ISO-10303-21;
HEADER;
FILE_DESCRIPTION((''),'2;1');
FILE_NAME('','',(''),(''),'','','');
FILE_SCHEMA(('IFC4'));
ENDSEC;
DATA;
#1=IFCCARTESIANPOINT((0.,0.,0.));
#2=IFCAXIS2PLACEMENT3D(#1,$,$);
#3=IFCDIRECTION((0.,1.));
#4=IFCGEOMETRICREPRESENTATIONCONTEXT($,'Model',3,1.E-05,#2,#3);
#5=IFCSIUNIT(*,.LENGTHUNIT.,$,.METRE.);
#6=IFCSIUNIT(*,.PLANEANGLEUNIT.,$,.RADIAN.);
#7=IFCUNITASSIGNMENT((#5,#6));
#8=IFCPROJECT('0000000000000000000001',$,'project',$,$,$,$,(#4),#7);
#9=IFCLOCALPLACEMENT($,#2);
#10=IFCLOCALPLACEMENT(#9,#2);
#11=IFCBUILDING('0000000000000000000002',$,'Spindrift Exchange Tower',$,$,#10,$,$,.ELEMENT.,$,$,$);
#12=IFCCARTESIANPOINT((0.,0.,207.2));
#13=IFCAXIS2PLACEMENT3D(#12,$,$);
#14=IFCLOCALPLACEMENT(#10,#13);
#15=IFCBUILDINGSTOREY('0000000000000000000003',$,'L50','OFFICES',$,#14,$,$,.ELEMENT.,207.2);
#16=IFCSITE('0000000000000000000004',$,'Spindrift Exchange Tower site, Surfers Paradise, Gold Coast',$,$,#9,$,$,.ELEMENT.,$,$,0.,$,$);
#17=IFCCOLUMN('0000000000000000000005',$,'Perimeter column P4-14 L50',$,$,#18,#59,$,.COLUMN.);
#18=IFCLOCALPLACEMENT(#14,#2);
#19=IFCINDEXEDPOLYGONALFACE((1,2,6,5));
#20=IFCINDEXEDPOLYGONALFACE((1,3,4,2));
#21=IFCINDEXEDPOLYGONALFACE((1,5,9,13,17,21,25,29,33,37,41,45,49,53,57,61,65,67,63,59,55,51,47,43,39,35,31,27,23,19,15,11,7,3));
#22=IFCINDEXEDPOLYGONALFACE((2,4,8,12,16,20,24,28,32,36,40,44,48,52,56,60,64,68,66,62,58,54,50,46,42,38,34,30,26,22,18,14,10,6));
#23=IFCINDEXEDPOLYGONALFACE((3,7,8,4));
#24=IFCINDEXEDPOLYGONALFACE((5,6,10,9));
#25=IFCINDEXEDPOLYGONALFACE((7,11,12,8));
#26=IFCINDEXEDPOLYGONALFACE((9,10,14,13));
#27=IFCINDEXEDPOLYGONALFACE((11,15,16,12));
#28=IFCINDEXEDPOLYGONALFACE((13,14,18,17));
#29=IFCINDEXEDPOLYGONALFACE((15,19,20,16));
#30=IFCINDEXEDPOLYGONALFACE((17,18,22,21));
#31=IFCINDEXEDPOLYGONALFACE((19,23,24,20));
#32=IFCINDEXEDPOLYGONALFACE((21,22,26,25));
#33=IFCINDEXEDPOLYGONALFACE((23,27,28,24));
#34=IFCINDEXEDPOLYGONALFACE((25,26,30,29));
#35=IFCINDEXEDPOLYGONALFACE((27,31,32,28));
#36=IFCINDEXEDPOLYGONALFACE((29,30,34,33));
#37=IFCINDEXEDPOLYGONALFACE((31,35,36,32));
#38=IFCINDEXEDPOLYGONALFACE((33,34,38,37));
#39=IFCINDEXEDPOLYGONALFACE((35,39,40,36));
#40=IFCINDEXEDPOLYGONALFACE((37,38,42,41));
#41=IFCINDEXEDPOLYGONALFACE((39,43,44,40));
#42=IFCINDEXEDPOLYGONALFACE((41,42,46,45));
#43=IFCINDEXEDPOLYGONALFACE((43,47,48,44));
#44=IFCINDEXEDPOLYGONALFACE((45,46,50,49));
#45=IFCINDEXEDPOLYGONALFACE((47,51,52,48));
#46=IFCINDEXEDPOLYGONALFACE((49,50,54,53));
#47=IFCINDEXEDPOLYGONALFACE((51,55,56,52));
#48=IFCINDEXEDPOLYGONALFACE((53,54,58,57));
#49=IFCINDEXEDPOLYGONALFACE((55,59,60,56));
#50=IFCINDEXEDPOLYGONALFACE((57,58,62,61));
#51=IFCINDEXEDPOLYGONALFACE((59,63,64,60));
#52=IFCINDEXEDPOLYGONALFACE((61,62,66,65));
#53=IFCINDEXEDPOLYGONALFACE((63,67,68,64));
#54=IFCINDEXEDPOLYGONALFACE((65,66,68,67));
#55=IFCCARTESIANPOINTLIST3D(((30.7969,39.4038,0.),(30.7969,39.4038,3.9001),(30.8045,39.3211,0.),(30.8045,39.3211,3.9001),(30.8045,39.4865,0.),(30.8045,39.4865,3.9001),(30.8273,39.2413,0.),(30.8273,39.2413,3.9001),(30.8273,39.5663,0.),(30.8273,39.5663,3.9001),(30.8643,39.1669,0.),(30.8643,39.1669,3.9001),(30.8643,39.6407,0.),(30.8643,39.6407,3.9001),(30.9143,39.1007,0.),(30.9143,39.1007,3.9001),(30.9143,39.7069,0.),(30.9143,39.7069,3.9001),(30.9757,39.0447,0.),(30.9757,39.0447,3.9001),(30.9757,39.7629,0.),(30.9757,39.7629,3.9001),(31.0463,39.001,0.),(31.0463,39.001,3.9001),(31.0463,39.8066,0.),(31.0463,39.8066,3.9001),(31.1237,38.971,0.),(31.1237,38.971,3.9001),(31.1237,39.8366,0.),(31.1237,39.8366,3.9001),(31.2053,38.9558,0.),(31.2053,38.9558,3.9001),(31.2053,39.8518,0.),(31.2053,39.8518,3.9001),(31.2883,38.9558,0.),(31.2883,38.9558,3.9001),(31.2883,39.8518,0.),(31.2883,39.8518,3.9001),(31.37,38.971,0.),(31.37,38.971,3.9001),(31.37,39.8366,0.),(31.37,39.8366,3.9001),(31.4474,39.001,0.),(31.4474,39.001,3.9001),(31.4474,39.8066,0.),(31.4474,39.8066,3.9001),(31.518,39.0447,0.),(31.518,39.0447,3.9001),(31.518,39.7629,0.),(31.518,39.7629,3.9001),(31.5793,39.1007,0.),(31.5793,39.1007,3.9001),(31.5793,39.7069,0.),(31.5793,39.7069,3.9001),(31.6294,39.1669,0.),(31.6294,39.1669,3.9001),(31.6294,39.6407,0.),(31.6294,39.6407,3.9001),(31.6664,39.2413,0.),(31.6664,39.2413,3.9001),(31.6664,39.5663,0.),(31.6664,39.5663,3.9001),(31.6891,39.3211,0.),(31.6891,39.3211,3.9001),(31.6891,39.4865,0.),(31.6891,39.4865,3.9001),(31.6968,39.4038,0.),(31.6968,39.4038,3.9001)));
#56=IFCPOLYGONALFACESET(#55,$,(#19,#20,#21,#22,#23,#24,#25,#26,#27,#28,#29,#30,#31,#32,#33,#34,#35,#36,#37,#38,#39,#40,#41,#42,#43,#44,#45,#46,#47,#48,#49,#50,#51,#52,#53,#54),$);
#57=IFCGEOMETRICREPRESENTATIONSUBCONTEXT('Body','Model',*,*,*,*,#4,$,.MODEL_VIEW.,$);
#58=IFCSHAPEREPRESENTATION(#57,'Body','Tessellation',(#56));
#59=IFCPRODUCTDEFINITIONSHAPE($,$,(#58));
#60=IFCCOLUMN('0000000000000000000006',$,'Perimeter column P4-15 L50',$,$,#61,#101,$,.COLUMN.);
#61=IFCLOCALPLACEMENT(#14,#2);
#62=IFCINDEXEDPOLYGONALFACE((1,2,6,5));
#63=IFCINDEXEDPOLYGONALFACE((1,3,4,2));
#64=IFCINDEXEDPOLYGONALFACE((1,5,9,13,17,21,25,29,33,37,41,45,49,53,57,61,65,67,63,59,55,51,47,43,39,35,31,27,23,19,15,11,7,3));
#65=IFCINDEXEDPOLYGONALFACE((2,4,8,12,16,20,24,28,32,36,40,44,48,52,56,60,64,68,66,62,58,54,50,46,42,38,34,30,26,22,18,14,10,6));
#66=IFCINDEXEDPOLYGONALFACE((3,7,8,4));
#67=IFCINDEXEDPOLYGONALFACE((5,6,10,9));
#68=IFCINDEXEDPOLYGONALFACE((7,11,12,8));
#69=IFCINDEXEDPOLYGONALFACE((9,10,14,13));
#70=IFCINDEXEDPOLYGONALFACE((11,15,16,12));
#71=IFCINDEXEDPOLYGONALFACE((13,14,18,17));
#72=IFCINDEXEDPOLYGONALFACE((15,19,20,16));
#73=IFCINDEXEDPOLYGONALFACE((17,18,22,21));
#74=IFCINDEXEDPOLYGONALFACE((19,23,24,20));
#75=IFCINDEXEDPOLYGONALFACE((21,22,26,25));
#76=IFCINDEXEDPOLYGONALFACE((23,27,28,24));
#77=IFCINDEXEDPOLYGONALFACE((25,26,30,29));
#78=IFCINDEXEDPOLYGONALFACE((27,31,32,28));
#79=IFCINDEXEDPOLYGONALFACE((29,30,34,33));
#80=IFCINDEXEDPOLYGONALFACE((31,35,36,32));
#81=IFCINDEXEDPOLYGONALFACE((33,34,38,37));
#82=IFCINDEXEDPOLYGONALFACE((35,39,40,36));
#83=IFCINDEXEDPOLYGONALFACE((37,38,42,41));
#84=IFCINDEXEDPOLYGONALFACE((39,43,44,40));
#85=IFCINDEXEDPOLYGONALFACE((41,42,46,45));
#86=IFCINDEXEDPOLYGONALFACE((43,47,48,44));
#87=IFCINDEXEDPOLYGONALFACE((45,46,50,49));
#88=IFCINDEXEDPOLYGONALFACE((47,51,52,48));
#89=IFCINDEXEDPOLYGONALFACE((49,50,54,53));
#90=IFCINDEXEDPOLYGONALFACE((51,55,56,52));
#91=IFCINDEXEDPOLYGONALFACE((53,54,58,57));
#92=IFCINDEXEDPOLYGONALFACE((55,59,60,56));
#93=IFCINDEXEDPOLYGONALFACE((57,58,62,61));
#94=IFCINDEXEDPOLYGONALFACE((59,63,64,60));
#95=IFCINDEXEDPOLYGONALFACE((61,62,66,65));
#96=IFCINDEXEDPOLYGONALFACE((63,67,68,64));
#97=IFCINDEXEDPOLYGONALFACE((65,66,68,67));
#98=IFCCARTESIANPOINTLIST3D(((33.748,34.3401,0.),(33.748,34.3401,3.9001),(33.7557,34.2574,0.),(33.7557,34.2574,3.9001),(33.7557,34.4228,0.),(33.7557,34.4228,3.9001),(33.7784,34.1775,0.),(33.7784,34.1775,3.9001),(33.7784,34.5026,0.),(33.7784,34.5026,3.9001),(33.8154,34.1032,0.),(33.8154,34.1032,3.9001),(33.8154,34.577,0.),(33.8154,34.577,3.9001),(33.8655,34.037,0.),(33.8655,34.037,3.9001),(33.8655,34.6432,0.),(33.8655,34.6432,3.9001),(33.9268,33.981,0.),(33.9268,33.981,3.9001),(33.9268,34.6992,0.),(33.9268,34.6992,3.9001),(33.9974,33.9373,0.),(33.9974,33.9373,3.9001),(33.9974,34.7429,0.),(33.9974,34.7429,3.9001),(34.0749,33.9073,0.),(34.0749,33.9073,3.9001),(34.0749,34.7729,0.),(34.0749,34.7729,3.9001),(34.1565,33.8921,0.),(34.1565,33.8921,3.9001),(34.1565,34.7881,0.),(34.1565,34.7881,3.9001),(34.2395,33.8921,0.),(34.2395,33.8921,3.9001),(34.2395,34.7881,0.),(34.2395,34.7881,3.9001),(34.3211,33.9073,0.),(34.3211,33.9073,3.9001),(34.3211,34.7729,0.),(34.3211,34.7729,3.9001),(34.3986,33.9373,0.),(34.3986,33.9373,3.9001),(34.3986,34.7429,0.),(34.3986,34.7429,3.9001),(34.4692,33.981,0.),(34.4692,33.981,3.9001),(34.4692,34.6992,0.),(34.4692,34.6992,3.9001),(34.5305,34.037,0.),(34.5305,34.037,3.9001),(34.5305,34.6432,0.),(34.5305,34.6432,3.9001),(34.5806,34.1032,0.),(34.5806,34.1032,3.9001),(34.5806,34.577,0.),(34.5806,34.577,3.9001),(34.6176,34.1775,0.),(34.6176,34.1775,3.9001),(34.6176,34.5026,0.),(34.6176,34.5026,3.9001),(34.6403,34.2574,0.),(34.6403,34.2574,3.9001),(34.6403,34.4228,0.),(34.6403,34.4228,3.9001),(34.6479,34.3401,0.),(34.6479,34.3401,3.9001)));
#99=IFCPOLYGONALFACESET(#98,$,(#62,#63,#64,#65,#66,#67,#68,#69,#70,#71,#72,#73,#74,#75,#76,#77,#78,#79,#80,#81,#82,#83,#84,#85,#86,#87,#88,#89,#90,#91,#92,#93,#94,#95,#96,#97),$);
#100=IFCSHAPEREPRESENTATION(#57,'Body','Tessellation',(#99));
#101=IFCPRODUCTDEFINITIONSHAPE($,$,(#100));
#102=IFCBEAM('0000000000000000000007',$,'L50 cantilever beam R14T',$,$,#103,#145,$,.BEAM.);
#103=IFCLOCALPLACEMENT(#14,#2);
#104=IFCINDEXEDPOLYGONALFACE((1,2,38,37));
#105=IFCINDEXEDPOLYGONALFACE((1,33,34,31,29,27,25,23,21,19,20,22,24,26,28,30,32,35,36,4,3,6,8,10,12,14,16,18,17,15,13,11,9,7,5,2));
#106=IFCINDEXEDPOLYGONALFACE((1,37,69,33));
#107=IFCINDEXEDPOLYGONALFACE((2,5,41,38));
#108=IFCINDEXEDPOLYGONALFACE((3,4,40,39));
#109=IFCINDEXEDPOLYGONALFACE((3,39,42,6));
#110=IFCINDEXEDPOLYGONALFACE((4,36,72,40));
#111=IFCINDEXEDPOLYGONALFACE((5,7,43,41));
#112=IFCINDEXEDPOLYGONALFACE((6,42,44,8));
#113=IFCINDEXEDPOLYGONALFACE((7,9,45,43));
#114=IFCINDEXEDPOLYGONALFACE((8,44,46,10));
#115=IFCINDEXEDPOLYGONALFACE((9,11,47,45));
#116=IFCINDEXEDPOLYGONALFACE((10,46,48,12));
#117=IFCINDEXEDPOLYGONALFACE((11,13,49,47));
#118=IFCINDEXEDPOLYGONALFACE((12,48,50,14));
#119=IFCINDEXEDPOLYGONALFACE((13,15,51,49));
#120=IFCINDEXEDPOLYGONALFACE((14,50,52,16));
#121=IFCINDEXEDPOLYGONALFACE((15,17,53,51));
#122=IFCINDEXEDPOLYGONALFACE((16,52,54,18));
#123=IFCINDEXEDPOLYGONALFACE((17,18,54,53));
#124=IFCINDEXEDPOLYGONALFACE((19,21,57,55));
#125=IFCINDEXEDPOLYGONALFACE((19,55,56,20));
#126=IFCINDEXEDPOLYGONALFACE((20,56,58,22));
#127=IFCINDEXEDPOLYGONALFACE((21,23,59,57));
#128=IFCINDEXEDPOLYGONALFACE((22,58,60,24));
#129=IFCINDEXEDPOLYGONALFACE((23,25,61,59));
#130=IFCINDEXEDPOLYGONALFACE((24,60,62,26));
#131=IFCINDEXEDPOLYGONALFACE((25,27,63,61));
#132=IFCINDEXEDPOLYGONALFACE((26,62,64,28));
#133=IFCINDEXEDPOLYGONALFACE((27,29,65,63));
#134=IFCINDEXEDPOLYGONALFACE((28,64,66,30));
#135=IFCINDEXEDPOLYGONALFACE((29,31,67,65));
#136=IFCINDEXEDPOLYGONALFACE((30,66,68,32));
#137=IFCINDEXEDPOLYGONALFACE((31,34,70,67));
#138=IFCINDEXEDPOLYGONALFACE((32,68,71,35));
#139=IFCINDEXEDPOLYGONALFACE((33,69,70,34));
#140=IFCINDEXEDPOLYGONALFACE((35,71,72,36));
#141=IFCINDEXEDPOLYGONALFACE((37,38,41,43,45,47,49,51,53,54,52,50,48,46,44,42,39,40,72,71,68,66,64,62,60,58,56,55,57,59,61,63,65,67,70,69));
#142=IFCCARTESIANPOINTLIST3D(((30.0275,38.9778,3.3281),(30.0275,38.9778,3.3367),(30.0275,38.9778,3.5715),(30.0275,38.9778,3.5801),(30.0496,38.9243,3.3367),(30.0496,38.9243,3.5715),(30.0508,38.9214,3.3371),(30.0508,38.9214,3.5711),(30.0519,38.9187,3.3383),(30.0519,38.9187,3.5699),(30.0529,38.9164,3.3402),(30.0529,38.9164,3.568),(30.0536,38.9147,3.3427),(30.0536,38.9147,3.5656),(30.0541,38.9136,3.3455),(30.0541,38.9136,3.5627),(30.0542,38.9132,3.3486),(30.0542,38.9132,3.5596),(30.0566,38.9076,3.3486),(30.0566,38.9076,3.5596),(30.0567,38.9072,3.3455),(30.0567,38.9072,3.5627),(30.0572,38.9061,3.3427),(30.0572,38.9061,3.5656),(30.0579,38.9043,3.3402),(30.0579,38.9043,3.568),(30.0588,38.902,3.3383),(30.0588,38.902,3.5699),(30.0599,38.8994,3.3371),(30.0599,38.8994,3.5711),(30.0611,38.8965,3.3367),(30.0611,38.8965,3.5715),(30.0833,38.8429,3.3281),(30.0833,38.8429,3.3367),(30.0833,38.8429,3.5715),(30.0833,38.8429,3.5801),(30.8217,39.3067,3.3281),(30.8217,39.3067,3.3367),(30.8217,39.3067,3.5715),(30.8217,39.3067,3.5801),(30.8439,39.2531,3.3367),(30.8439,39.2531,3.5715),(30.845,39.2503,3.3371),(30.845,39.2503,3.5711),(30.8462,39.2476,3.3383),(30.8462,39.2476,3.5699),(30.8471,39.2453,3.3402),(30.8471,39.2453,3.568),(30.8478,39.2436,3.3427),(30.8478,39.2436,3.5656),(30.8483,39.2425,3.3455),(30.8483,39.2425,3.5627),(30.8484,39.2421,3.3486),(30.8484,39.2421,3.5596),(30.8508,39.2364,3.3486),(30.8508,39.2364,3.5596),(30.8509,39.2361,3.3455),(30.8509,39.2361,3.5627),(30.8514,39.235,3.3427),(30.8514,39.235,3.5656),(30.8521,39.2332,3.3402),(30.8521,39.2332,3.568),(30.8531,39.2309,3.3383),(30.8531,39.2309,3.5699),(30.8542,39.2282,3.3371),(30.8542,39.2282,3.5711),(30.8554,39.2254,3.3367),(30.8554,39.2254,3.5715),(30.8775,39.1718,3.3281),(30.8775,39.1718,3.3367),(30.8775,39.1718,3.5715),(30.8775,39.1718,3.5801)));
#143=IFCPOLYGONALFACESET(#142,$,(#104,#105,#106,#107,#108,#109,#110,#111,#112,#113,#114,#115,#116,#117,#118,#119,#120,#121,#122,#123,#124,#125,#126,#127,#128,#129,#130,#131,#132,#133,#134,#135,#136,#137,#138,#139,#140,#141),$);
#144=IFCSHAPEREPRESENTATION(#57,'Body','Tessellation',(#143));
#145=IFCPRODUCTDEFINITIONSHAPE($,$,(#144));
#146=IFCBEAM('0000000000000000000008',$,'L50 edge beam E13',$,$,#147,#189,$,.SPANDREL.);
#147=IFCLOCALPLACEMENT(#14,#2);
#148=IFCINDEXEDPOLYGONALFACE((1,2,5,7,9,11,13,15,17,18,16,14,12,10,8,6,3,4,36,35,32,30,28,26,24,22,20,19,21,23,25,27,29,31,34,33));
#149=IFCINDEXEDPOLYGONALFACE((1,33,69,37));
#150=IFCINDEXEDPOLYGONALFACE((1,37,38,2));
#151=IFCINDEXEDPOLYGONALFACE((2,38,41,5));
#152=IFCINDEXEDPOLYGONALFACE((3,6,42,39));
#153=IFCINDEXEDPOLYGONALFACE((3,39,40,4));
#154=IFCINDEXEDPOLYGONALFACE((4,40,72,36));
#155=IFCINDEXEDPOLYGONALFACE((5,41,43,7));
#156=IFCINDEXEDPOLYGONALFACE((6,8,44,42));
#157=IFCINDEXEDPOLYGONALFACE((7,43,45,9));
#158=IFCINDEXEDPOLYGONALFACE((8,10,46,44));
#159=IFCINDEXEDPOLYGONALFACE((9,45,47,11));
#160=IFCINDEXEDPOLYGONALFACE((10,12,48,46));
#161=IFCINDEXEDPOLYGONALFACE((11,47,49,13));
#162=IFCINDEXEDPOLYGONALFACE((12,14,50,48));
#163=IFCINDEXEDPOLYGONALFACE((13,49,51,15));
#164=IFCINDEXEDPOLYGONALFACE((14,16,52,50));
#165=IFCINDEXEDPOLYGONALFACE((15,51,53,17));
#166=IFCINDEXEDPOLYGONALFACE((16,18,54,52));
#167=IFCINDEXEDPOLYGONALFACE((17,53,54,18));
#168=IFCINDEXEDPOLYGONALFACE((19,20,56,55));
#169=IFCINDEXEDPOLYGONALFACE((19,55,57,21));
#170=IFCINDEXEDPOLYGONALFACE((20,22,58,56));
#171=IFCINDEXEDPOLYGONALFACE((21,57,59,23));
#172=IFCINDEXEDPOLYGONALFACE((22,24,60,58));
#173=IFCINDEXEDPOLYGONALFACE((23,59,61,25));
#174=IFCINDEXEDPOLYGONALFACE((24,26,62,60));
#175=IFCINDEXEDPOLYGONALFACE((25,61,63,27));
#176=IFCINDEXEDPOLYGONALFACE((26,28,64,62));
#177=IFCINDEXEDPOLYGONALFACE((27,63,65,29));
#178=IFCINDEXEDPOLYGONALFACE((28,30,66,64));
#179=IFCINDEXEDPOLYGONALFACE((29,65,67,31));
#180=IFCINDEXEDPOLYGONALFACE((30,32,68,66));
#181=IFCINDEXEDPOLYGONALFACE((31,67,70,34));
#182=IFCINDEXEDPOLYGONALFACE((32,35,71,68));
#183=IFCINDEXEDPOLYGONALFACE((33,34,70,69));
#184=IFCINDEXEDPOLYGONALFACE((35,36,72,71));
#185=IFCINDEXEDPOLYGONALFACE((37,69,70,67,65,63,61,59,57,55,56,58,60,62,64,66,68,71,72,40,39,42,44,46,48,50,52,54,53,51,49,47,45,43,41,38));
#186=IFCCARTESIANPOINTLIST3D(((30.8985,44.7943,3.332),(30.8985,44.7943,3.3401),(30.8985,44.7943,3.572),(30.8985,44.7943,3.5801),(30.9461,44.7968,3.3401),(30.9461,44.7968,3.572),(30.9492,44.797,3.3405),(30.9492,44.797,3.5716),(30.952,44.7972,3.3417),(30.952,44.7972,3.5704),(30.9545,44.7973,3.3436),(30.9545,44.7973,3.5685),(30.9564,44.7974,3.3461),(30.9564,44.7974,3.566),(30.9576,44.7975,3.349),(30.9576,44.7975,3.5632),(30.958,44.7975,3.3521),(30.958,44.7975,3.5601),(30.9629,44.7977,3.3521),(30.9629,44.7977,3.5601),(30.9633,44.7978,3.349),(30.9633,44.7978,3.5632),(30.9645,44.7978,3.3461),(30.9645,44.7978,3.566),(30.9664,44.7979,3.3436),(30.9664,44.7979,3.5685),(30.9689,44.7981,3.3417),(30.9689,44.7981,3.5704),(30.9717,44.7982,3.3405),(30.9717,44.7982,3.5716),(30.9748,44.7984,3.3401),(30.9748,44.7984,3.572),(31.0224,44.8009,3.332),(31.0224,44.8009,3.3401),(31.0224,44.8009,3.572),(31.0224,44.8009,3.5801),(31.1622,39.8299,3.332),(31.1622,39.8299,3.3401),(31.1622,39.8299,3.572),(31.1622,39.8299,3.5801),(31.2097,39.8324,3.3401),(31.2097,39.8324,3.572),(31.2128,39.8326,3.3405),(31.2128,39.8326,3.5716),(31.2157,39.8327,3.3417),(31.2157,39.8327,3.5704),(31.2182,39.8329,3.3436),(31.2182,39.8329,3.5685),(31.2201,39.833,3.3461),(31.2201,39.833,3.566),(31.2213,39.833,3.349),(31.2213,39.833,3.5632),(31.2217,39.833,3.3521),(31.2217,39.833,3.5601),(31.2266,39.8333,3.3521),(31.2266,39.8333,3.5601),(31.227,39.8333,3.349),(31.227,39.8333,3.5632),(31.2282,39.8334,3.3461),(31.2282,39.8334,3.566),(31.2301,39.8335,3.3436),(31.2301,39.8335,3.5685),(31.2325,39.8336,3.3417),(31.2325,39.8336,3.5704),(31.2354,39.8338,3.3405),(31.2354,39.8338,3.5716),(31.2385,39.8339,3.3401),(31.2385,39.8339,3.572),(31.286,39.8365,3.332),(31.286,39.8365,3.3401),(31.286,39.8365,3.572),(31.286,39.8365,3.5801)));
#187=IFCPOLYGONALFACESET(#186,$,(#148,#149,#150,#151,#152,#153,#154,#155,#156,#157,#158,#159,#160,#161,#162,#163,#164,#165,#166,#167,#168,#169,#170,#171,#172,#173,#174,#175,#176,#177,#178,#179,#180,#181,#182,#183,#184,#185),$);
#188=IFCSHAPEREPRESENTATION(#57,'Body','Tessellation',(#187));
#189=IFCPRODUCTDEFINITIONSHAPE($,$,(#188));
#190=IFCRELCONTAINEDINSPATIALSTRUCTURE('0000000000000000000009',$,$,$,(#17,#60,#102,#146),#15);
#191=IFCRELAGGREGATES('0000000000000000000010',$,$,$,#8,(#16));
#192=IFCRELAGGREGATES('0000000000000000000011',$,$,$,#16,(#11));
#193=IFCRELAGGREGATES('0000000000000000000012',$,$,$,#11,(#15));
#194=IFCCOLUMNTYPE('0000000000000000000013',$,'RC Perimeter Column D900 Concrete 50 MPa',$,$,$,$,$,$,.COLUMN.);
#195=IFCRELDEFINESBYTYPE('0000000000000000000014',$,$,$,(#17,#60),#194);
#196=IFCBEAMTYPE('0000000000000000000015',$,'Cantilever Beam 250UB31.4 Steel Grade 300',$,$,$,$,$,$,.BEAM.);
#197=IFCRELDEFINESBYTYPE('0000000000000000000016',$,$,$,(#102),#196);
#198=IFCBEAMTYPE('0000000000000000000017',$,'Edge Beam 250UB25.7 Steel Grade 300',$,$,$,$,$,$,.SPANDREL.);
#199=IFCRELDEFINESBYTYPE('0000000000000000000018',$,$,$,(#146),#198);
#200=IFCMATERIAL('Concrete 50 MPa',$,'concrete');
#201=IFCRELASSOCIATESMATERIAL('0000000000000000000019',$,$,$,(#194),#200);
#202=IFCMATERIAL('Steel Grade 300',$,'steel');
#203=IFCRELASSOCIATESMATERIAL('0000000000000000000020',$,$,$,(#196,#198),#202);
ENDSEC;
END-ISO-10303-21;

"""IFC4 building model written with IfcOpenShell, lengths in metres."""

from ifc_helpers import new_model, si_unit, direction, frame, origin, origin_2d, place, context, subcontext, project, spatial, circle, i_section, extrude, source, transform, mapped, material, material_profile, profile_set, type_object, element, save


model = new_model("IFC4")

# Units and contexts
model_context = context("Model", 3, precision=1e-05, world=origin(), true_north=direction((0.0, 1.0)))
body_context = subcontext(model_context, "Body", "Model", "MODEL_VIEW")
ifc_project = project(units=[si_unit("LENGTHUNIT", "METRE"), si_unit("PLANEANGLEUNIT", "RADIAN")], contexts=[model_context])

# Site, building, storey
site_placement = place(None, origin())
site = spatial("IfcSite", under=ifc_project, at=site_placement, Name="Spindrift Exchange Tower site, Surfers Paradise, Gold Coast", CompositionType="ELEMENT", RefElevation=0.0)
building_placement = place(site_placement, origin())
building = spatial("IfcBuilding", under=site, at=building_placement, Name="Spindrift Exchange Tower", CompositionType="ELEMENT")
storey_placement = place(building_placement, frame((0.0, 0.0, 207.2)))
storey = spatial("IfcBuildingStorey", under=building, at=storey_placement, Name="L50", Description="OFFICES", CompositionType="ELEMENT", Elevation=207.2)

# Columns
ifc_material_1 = material(Name="Concrete 50 MPa", Category="concrete")
ifc_material_profile_1 = material_profile(ifc_material_1, circle(Radius=0.45, at=origin_2d()), Name="RC D900")
ifc_profile_set_1 = profile_set([ifc_material_profile_1], Name="Concrete 50 MPa")
column_type = type_object("IfcColumnType", Name="RC Perimeter Column D900 Concrete 50 MPa", PredefinedType="COLUMN", material=ifc_profile_set_1)
shared_shape_1 = source(origin(), body_context, "Body", "SweptSolid", [
    extrude(circle(Radius=0.45, at=origin_2d()), origin(), (0.0, 0.0, 1.0), 3.9001),
])
for number, where, z_axis, x_axis, name in (
    (1, (31.2468, 39.4038, 0.0), (0.0, 0.0, 1.0), (1.0, 0.0, 0.0), "Perimeter column P4-14 L50"),
    (2, (34.198, 34.3401, 0.0), (0.0, 0.0, 1.0), (1.0, 0.0, 0.0), "Perimeter column P4-15 L50"),
):
    element("IfcColumn", number, at=place(storey_placement, frame(where, z_axis=z_axis, x_axis=x_axis)), inside=storey, type_object=column_type, Name=name, PredefinedType="COLUMN", context=body_context, shape_type="MappedRepresentation", body=[
        mapped(shared_shape_1, transform((0.0, 0.0, 0.0), scale=1.0)),
    ])

# Beams
ifc_material_2 = material(Name="Steel Grade 300", Category="steel")
ifc_material_profile_2 = material_profile(ifc_material_2, i_section(OverallWidth=0.146, OverallDepth=0.252, WebThickness=0.0061, FlangeThickness=0.0085, FilletRadius=0.012, at=origin_2d()), Name="250UB31.4")
ifc_profile_set_2 = profile_set([ifc_material_profile_2], Name="Steel Grade 300")
beam_type_1 = type_object("IfcBeamType", Name="Cantilever Beam 250UB31.4 Steel Grade 300", PredefinedType="BEAM", material=ifc_profile_set_2)
shared_shape_2 = source(origin(), body_context, "Body", "SweptSolid", [
    extrude(i_section(OverallWidth=0.146, OverallDepth=0.252, WebThickness=0.0061, FlangeThickness=0.0085, FilletRadius=0.012, at=origin_2d()), origin(), (0.0, 0.0, 1.0), 0.8596),
])
beam_1_placement = place(storey_placement, frame((30.8496, 39.2393, 3.4541), z_axis=(-0.923923, -0.382578, 0.0), x_axis=(0.382578, -0.923923, 0.0)))
element("IfcBeam", 3, at=beam_1_placement, inside=storey, type_object=beam_type_1, Name="L50 cantilever beam R14T", PredefinedType="BEAM", context=body_context, shape_type="MappedRepresentation", body=[
    mapped(shared_shape_2, transform((0.0, 0.0, 0.0), scale=1.0)),
])
ifc_material_profile_3 = material_profile(ifc_material_2, i_section(OverallWidth=0.124, OverallDepth=0.248, WebThickness=0.0049, FlangeThickness=0.0081, FilletRadius=0.012, at=origin_2d()), Name="250UB25.7")
ifc_profile_set_3 = profile_set([ifc_material_profile_3], Name="Steel Grade 300")
beam_type_2 = type_object("IfcBeamType", Name="Edge Beam 250UB25.7 Steel Grade 300", PredefinedType="SPANDREL", material=ifc_profile_set_3)
shared_shape_3 = source(origin(), body_context, "Body", "SweptSolid", [
    extrude(i_section(OverallWidth=0.124, OverallDepth=0.248, WebThickness=0.0049, FlangeThickness=0.0081, FilletRadius=0.012, at=origin_2d()), origin(), (0.0, 0.0, 1.0), 4.9714),
])
beam_2_placement = place(storey_placement, frame((30.9604, 44.7976, 3.4561), z_axis=(0.053038, -0.998592, 0.0), x_axis=(0.998592, 0.053038, 0.0)))
element("IfcBeam", 4, at=beam_2_placement, inside=storey, type_object=beam_type_2, Name="L50 edge beam E13", PredefinedType="SPANDREL", context=body_context, shape_type="MappedRepresentation", body=[
    mapped(shared_shape_3, transform((0.0, 0.0, 0.0), scale=1.0)),
])

save(model, "model.ifc")
